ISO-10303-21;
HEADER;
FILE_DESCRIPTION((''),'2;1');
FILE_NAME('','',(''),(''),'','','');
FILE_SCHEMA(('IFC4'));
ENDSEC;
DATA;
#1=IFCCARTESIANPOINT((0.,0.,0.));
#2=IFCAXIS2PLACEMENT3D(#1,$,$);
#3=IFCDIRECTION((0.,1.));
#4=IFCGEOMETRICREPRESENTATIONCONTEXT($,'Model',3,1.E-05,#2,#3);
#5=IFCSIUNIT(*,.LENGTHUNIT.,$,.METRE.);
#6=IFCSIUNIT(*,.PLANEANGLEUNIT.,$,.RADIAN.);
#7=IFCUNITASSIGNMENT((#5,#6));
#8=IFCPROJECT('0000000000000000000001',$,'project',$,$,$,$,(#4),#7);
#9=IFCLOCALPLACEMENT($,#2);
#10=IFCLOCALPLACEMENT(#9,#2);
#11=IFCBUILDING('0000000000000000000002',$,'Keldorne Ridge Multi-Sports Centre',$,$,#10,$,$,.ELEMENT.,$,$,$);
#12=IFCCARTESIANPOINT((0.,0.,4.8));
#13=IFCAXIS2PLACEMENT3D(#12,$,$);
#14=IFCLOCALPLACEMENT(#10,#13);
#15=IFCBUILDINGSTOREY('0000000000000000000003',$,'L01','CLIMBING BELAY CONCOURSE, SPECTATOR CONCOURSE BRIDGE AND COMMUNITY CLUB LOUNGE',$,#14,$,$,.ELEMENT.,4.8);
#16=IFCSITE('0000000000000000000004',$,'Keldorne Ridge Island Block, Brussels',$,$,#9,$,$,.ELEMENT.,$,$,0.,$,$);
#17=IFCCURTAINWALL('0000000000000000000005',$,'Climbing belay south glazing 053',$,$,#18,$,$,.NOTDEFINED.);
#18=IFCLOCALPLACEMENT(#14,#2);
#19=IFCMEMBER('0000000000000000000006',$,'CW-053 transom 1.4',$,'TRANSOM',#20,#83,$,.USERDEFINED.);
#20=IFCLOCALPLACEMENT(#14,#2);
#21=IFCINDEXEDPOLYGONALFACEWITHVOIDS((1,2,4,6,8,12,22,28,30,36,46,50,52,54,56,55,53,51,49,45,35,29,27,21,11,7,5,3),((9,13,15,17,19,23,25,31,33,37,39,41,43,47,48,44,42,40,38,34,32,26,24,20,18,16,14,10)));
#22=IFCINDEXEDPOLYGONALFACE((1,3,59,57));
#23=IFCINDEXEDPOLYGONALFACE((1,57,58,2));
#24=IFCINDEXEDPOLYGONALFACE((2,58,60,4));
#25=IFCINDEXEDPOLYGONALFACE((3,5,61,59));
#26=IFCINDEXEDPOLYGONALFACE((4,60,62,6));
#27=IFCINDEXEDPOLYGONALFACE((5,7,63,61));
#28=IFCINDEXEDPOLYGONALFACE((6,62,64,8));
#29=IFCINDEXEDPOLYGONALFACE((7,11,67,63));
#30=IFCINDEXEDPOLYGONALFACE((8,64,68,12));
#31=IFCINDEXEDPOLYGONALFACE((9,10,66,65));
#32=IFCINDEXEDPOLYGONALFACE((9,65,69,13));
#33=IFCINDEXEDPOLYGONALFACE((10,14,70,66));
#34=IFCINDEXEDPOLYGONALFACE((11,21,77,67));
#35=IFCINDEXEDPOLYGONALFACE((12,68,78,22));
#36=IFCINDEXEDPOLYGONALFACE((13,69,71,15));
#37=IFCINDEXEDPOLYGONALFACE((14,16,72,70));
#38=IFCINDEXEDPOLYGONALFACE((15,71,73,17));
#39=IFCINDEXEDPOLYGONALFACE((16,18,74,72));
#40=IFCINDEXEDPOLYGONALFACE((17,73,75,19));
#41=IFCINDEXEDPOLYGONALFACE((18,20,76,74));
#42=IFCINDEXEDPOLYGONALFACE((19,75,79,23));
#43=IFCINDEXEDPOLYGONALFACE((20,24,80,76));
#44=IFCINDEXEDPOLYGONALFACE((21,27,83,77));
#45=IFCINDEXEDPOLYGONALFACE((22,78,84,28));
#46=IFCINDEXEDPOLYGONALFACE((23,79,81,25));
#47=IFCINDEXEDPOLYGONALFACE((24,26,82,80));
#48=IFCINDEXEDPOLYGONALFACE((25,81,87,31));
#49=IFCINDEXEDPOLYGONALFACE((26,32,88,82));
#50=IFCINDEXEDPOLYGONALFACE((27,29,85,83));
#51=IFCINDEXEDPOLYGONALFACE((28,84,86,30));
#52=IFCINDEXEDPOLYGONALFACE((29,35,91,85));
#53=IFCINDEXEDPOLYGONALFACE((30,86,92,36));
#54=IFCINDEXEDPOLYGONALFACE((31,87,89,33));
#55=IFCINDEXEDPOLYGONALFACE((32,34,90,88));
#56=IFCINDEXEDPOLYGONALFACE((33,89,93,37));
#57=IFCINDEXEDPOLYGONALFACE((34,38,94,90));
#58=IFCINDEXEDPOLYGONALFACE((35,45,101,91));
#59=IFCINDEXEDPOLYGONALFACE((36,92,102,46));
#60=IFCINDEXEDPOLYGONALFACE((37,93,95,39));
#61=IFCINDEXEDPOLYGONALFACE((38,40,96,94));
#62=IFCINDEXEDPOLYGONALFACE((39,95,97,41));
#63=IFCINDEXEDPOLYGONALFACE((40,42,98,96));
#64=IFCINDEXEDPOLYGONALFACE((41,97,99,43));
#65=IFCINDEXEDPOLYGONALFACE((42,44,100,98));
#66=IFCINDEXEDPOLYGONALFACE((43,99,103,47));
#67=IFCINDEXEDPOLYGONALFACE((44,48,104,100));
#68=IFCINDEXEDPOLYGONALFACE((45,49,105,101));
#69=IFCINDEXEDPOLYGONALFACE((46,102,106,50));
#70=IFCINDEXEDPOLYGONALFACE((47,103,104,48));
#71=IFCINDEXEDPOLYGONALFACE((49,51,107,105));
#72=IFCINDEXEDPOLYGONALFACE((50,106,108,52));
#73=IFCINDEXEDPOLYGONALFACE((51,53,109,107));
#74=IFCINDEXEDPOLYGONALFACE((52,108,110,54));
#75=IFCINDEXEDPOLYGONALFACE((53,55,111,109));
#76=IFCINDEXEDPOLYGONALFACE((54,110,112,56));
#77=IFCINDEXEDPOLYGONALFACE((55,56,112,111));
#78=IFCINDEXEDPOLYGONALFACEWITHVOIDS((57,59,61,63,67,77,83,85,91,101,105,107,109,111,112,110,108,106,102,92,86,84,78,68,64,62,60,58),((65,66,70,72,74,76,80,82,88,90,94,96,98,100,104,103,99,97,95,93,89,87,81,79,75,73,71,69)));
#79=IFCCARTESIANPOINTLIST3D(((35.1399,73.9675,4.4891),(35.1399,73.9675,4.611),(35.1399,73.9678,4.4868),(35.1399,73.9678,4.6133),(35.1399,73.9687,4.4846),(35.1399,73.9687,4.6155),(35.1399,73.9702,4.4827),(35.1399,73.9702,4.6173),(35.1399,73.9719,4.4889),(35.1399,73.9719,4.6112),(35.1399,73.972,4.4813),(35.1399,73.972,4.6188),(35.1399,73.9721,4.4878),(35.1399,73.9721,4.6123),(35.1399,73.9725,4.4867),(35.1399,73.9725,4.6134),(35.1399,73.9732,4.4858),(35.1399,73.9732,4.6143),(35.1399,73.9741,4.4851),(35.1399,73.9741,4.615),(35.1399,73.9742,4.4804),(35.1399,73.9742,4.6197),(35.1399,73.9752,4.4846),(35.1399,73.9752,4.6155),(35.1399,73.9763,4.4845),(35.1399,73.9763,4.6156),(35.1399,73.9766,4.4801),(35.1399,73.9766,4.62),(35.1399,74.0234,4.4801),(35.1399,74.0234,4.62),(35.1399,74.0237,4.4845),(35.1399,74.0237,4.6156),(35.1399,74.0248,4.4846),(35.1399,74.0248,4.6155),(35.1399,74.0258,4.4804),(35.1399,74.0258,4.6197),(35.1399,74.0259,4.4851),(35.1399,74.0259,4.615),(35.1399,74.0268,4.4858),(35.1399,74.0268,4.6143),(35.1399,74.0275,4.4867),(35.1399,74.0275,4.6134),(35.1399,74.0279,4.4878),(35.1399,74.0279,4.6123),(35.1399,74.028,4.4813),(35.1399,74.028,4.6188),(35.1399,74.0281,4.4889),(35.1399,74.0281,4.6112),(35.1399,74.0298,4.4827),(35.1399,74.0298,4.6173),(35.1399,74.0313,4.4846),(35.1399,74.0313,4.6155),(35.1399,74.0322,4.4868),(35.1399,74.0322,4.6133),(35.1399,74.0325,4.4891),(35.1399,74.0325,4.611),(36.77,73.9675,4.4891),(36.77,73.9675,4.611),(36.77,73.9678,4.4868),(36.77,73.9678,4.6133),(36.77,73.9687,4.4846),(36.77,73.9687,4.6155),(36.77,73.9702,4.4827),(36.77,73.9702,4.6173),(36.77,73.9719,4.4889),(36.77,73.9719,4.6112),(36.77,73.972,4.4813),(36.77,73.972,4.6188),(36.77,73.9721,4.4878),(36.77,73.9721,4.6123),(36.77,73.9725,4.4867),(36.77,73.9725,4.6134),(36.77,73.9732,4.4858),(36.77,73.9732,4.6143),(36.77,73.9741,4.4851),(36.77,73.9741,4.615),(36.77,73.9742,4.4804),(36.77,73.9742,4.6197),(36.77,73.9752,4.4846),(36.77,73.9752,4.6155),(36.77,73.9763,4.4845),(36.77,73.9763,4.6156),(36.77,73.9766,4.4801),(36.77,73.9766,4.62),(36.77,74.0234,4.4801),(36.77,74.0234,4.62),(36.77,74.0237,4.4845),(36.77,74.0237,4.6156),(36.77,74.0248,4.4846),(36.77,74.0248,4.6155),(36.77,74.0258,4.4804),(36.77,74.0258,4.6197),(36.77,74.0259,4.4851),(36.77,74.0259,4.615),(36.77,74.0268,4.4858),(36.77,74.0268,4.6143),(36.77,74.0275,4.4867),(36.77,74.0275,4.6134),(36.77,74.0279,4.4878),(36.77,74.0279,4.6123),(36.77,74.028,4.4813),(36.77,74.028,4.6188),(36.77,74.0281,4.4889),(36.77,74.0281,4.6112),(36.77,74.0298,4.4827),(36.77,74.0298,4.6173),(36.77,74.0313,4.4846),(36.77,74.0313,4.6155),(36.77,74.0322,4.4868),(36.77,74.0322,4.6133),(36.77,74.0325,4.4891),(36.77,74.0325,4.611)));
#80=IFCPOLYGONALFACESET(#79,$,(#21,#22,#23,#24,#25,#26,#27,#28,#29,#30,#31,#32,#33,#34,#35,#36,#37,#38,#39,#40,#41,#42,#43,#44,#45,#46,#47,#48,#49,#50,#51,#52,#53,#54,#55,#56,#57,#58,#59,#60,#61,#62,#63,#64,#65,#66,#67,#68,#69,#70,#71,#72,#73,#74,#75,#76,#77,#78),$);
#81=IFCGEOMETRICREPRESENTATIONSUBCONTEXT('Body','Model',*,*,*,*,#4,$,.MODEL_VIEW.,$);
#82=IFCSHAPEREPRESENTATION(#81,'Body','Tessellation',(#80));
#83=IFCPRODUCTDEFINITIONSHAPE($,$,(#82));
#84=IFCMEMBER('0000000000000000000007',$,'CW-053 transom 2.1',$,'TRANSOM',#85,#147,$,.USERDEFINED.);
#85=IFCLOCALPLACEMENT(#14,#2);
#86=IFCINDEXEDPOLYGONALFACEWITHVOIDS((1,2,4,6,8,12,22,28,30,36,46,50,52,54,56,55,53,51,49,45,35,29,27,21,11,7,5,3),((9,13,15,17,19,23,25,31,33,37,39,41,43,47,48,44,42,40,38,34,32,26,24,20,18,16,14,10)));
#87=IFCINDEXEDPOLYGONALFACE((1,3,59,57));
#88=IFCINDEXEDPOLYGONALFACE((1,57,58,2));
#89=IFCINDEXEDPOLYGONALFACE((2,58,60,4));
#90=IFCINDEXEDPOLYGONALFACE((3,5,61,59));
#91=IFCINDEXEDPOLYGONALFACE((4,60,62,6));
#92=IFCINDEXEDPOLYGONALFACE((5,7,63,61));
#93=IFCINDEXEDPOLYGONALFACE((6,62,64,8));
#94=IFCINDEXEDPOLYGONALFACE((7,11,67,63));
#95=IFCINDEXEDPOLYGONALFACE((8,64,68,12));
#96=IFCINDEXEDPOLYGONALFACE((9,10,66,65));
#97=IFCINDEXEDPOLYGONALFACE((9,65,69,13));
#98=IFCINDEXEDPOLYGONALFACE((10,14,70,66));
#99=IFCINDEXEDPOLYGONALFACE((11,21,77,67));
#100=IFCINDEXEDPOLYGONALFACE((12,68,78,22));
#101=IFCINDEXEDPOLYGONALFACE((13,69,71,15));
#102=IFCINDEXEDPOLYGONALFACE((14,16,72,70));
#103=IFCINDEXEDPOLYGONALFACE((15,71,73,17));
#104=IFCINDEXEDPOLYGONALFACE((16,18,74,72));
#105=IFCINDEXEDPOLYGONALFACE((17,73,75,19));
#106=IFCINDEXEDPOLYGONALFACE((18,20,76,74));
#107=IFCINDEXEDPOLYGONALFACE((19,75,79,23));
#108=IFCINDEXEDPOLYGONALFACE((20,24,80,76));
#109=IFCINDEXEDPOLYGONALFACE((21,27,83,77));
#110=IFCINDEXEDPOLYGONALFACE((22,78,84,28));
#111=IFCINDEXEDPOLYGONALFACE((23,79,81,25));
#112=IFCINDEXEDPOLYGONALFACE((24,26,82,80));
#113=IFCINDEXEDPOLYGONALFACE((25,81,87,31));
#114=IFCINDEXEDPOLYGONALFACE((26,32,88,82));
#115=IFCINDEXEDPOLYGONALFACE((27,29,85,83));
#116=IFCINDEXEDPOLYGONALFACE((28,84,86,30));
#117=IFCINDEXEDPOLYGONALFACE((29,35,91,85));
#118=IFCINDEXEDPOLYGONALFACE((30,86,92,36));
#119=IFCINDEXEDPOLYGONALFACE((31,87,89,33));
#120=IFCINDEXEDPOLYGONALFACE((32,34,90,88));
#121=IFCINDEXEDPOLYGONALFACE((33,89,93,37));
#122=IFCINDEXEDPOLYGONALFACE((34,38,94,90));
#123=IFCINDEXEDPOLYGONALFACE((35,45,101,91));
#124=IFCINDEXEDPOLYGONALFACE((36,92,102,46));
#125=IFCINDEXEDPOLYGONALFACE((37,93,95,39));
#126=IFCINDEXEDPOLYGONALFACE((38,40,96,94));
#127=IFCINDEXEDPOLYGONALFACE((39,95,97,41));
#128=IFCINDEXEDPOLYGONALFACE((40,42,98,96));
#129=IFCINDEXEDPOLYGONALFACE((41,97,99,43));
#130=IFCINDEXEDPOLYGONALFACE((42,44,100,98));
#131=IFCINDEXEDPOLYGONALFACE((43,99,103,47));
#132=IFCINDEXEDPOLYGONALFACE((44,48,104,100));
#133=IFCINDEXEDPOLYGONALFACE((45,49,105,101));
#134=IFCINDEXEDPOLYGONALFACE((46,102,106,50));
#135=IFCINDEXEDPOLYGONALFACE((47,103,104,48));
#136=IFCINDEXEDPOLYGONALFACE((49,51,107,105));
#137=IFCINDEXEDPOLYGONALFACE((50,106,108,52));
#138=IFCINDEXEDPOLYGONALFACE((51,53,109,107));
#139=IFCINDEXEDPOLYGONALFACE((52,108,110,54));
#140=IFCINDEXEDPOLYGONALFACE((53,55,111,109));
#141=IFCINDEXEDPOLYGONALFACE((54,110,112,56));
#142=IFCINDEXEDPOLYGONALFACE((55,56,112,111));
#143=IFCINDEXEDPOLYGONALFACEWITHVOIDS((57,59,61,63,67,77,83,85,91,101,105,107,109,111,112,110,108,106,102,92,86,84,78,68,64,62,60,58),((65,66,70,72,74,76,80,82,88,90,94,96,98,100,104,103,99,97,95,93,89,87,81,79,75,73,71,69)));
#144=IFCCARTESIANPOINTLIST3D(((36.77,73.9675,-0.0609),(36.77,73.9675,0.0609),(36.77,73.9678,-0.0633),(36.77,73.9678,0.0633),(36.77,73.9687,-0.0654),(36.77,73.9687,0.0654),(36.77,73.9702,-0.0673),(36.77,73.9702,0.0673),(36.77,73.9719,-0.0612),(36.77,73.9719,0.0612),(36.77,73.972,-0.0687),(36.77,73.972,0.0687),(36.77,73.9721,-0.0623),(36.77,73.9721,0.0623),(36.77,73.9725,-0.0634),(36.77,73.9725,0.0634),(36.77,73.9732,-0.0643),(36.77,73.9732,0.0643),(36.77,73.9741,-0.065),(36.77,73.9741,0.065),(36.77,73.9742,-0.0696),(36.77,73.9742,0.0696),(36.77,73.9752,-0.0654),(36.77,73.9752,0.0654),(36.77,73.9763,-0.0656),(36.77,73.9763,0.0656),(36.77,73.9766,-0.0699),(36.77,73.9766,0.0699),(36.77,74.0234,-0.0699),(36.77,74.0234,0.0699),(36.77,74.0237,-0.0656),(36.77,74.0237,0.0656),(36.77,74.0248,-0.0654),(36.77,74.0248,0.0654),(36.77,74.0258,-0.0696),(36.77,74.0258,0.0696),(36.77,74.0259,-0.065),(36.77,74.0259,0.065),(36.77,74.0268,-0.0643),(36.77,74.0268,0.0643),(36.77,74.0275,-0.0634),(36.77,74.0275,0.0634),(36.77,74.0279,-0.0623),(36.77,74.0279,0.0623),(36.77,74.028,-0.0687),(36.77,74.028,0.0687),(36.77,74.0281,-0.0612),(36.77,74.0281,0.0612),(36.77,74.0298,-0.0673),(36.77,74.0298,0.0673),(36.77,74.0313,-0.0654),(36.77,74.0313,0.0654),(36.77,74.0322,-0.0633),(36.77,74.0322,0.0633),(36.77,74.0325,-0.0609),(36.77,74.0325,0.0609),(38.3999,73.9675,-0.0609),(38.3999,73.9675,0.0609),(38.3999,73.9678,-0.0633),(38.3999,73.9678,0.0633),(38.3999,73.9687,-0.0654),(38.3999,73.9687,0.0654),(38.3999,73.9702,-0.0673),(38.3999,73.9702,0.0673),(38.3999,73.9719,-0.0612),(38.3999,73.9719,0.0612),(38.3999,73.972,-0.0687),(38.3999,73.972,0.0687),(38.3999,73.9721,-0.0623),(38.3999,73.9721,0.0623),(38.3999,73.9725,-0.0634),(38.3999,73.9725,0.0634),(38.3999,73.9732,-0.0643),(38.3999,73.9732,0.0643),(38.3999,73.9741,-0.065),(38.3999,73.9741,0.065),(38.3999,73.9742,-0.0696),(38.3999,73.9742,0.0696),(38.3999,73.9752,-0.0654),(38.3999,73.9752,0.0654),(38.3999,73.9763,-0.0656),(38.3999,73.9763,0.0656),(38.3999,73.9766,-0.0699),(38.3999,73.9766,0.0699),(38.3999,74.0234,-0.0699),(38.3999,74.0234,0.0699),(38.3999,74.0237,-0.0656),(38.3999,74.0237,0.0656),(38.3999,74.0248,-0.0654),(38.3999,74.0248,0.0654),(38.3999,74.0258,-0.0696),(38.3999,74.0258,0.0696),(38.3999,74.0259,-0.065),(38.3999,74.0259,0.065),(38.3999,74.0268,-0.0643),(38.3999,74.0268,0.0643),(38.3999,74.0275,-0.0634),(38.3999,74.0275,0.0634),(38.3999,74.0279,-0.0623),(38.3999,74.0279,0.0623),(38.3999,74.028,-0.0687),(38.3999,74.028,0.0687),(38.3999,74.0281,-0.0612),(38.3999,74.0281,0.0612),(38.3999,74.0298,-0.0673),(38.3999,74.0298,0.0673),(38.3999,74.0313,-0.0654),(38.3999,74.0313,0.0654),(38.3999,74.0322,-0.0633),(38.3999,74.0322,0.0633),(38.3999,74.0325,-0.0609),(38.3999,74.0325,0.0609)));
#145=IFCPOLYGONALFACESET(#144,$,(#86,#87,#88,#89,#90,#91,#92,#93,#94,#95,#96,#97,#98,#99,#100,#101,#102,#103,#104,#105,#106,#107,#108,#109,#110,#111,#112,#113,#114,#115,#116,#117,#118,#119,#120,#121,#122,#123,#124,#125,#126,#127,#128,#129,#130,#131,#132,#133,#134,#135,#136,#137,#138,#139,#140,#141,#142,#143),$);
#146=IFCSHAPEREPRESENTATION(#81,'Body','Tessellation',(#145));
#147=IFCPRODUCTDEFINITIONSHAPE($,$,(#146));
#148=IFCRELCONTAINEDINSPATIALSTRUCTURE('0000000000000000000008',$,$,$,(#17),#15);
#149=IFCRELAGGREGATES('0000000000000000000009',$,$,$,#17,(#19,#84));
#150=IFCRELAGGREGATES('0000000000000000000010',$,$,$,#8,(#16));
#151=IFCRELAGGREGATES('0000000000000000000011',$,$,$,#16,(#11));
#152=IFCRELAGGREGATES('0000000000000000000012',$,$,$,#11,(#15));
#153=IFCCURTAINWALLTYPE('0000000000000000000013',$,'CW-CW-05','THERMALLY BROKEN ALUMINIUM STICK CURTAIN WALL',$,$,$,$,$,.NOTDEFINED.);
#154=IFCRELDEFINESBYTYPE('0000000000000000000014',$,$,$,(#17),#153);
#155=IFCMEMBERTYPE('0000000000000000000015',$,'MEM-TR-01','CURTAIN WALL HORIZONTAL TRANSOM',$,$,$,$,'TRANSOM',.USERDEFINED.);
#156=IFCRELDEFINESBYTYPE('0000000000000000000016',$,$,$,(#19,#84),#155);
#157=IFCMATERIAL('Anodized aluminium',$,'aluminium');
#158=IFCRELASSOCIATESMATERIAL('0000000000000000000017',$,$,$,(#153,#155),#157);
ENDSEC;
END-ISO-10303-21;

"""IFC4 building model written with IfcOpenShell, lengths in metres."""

from ifc_helpers import new_model, si_unit, direction, frame, origin, origin_2d, place, context, subcontext, project, spatial, hollow_rectangle, extrude, material, material_profile, profile_set, type_object, element, aggregate, save


model = new_model("IFC4")

# Units and contexts
model_context = context("Model", 3, precision=1e-05, world=origin(), true_north=direction((0.0, 1.0)))
body_context = subcontext(model_context, "Body", "Model", "MODEL_VIEW")
ifc_project = project(units=[si_unit("LENGTHUNIT", "METRE"), si_unit("PLANEANGLEUNIT", "RADIAN")], contexts=[model_context])

# Site, building, storey
site_placement = place(None, origin())
site = spatial("IfcSite", under=ifc_project, at=site_placement, Name="Keldorne Ridge Island Block, Brussels", CompositionType="ELEMENT", RefElevation=0.0)
building_placement = place(site_placement, origin())
building = spatial("IfcBuilding", under=site, at=building_placement, Name="Keldorne Ridge Multi-Sports Centre", CompositionType="ELEMENT")
storey_placement = place(building_placement, frame((0.0, 0.0, 4.8)))
storey = spatial("IfcBuildingStorey", under=building, at=storey_placement, Name="L01", Description="CLIMBING BELAY CONCOURSE, SPECTATOR CONCOURSE BRIDGE AND COMMUNITY CLUB LOUNGE", CompositionType="ELEMENT", Elevation=4.8)

# Curtain wall, members
ifc_material_1 = material(Name="Anodized aluminium", Category="aluminium")
curtain_wall_type = type_object("IfcCurtainWallType", Name="CW-CW-05", Description="THERMALLY BROKEN ALUMINIUM STICK CURTAIN WALL", PredefinedType="NOTDEFINED", material=ifc_material_1)
curtain_wall_placement = place(storey_placement, origin())
curtain_wall = element("IfcCurtainWall", 1, at=curtain_wall_placement, inside=storey, type_object=curtain_wall_type, Name="Climbing belay south glazing 053", PredefinedType="NOTDEFINED")
ifc_material_profile_1 = material_profile(ifc_material_1, hollow_rectangle(XDim=0.0649, YDim=0.1399, WallThickness=0.0044, InnerFilletRadius=0.0044, OuterFilletRadius=0.009, at=origin_2d()), Name="ALU TRANSOM 140x65x4.5")
ifc_profile_set_1 = profile_set([ifc_material_profile_1], Name="Anodized aluminium")
member_type_1 = type_object("IfcMemberType", Name="MEM-TR-01", Description="CURTAIN WALL HORIZONTAL TRANSOM", ElementType="TRANSOM", PredefinedType="USERDEFINED", material=ifc_profile_set_1)
member_1_placement = place(storey_placement, frame((35.1399, 74.0, 4.55), z_axis=(1.0, 0.0, 0.0), x_axis=(0.0, 1.0, 0.0)))
member_1 = element("IfcMember", 2, at=member_1_placement, type_object=member_type_1, Name="CW-053 transom 1.4", ObjectType="TRANSOM", PredefinedType="USERDEFINED", context=body_context, shape_type="SweptSolid", body=[
    extrude(hollow_rectangle(XDim=0.0649, YDim=0.1399, WallThickness=0.0044, InnerFilletRadius=0.0044, OuterFilletRadius=0.009, at=origin_2d()), origin(), (0.0, 0.0, 1.0), 1.6301),
])
member_2_placement = place(storey_placement, frame((36.77, 74.0, 0.0), z_axis=(1.0, 0.0, 0.0), x_axis=(0.0, 1.0, 0.0)))
member_2 = element("IfcMember", 3, at=member_2_placement, type_object=member_type_1, Name="CW-053 transom 2.1", ObjectType="TRANSOM", PredefinedType="USERDEFINED", context=body_context, shape_type="SweptSolid", body=[
    extrude(hollow_rectangle(XDim=0.0649, YDim=0.1399, WallThickness=0.0044, InnerFilletRadius=0.0044, OuterFilletRadius=0.009, at=origin_2d()), origin(), (0.0, 0.0, 1.0), 1.6299),
])
aggregate(curtain_wall, [member_1, member_2])

save(model, "model.ifc")
